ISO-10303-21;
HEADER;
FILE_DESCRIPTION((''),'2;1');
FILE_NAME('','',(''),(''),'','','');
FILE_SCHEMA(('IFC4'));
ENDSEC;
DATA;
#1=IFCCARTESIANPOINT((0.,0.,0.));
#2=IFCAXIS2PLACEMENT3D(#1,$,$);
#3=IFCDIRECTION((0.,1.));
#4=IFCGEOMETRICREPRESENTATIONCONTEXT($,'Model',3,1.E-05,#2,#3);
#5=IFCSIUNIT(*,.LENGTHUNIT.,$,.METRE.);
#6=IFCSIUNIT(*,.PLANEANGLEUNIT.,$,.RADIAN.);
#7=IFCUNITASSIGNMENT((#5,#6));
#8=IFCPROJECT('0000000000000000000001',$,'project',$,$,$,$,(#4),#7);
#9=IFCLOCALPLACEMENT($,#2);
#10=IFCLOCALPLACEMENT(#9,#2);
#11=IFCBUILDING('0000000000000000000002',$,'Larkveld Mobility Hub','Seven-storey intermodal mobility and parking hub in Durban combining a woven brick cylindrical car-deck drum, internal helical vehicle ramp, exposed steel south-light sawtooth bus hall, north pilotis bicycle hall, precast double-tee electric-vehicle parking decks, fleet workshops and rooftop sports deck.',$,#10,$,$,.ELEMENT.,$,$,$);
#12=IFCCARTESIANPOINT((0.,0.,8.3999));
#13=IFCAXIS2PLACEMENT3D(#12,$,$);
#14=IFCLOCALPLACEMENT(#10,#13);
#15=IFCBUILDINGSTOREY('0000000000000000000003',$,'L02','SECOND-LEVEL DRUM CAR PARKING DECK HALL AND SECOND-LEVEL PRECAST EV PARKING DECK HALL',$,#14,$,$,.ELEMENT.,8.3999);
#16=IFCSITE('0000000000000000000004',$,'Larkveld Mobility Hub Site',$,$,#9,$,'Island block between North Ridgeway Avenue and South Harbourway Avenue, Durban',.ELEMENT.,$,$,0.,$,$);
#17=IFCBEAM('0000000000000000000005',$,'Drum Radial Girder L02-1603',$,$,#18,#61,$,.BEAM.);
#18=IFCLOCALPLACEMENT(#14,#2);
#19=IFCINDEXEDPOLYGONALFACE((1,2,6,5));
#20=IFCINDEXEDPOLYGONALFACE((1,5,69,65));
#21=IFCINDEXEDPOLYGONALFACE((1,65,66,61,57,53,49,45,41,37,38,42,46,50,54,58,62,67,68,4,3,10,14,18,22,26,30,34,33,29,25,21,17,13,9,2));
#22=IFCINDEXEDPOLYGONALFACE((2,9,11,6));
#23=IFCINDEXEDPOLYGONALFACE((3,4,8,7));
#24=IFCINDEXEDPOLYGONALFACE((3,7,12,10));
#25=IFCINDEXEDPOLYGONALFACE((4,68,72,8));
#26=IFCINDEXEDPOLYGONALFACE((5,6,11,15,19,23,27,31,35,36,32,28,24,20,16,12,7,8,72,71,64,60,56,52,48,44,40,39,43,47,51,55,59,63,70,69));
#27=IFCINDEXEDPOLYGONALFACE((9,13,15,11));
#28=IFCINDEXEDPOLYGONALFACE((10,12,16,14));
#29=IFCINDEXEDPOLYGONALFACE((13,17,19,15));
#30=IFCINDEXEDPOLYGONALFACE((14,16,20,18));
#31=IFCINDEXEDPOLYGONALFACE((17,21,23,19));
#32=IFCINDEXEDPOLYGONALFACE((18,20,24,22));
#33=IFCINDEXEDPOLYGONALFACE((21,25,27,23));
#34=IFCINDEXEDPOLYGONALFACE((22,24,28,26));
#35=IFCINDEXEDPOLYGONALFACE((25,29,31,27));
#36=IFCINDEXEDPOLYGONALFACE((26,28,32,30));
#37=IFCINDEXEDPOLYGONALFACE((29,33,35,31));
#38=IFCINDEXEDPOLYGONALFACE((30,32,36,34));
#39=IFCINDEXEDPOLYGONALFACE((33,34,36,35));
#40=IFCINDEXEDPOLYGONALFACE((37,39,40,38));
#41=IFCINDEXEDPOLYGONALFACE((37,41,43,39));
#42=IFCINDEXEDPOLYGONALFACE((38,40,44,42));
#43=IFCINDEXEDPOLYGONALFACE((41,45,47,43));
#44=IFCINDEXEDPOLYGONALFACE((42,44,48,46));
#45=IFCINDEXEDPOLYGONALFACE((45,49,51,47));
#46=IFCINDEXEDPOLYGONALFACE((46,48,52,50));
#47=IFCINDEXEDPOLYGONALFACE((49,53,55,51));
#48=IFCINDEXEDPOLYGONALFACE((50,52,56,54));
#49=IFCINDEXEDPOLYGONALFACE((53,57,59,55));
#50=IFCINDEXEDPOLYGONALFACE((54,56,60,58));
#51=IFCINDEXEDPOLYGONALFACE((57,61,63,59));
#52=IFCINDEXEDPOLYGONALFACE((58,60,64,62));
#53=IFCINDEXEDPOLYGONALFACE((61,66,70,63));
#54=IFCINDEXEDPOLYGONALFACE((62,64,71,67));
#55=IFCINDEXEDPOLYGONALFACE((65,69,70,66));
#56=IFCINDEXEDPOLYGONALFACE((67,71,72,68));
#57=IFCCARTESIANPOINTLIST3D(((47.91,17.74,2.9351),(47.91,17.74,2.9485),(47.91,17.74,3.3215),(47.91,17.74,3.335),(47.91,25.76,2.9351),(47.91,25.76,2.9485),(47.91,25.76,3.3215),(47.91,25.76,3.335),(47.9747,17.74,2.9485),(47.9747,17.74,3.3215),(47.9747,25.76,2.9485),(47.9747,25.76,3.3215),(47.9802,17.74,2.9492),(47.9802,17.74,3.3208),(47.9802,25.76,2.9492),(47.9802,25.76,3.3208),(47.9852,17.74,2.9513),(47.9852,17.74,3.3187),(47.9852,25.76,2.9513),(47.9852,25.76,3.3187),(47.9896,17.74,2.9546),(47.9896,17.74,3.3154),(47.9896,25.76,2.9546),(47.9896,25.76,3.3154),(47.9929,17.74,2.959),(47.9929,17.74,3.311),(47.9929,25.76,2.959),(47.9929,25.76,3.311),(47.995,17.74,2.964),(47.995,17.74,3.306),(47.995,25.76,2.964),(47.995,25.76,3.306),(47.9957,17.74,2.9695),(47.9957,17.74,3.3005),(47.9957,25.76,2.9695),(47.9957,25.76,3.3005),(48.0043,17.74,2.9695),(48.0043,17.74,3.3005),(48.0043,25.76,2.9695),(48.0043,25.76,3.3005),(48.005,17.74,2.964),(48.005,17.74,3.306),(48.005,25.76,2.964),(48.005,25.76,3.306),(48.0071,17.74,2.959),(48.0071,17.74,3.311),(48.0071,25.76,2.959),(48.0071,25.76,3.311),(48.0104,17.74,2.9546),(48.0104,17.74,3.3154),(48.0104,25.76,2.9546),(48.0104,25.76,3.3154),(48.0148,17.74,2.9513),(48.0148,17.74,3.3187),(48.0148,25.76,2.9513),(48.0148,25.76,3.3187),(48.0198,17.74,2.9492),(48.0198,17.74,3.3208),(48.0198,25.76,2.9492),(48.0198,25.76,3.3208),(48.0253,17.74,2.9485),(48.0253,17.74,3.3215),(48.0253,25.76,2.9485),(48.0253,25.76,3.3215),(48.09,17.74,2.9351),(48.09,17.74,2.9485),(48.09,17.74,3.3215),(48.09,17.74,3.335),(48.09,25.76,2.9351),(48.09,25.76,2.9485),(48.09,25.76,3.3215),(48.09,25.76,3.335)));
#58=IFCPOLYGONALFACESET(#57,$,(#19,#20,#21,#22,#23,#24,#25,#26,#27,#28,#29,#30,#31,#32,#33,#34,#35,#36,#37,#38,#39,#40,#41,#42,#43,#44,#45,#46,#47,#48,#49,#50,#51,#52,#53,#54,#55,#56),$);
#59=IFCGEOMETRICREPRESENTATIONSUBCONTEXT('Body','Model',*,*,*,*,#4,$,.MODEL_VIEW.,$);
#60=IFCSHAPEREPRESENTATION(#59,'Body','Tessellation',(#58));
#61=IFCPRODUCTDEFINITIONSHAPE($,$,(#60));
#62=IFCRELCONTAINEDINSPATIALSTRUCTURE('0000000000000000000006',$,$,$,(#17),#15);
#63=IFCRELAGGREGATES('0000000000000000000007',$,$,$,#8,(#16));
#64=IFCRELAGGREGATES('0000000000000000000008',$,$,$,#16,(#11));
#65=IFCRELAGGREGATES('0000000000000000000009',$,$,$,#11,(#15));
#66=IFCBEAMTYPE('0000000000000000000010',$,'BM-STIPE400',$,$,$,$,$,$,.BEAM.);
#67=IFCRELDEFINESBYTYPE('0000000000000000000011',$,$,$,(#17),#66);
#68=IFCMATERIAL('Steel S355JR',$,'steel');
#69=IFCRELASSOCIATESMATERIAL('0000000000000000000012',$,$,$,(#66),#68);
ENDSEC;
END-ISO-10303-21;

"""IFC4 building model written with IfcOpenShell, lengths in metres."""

from ifc_helpers import new_model, si_unit, direction, frame, origin, origin_2d, place, context, subcontext, project, spatial, i_section, extrude, material, material_profile, profile_set, type_object, element, save


model = new_model("IFC4")

# Units and contexts
model_context = context("Model", 3, precision=1e-05, world=origin(), true_north=direction((0.0, 1.0)))
body_context = subcontext(model_context, "Body", "Model", "MODEL_VIEW")
ifc_project = project(units=[si_unit("LENGTHUNIT", "METRE"), si_unit("PLANEANGLEUNIT", "RADIAN")], contexts=[model_context])

# Site, building, storey
site_placement = place(None, origin())
site = spatial("IfcSite", under=ifc_project, at=site_placement, Name="Larkveld Mobility Hub Site", LongName="Island block between North Ridgeway Avenue and South Harbourway Avenue, Durban", CompositionType="ELEMENT", RefElevation=0.0)
building_placement = place(site_placement, origin())
building = spatial("IfcBuilding", under=site, at=building_placement, Name="Larkveld Mobility Hub", Description="Seven-storey intermodal mobility and parking hub in Durban combining a woven brick cylindrical car-deck drum, internal helical vehicle ramp, exposed steel south-light sawtooth bus hall, north pilotis bicycle hall, precast double-tee electric-vehicle parking decks, fleet workshops and rooftop sports deck.", CompositionType="ELEMENT")
storey_placement = place(building_placement, frame((0.0, 0.0, 8.3999)))
storey = spatial("IfcBuildingStorey", under=building, at=storey_placement, Name="L02", Description="SECOND-LEVEL DRUM CAR PARKING DECK HALL AND SECOND-LEVEL PRECAST EV PARKING DECK HALL", CompositionType="ELEMENT", Elevation=8.3999)

# Beam
ifc_material_1 = material(Name="Steel S355JR", Category="steel")
ifc_material_profile_1 = material_profile(ifc_material_1, i_section(OverallWidth=0.1799, OverallDepth=0.3999, WebThickness=0.0085, FlangeThickness=0.0134, FilletRadius=0.021, at=origin_2d()), Name="IPE 400")
ifc_profile_set_1 = profile_set([ifc_material_profile_1], Name="Steel S355JR")
beam_type_1 = type_object("IfcBeamType", Name="BM-STIPE400", PredefinedType="BEAM", material=ifc_profile_set_1)
beam_1_placement = place(storey_placement, frame((48.0, 25.76, 3.135), z_axis=(0.0, -1.0, 0.0), x_axis=(1.0, 0.0, 0.0)))
element("IfcBeam", 1, at=beam_1_placement, inside=storey, type_object=beam_type_1, Name="Drum Radial Girder L02-1603", PredefinedType="BEAM", context=body_context, shape_type="SweptSolid", body=[
    extrude(i_section(OverallWidth=0.1799, OverallDepth=0.3999, WebThickness=0.0085, FlangeThickness=0.0134, FilletRadius=0.021, at=origin_2d()), origin(), (0.0, 0.0, 1.0), 8.02),
])

save(model, "model.ifc")
